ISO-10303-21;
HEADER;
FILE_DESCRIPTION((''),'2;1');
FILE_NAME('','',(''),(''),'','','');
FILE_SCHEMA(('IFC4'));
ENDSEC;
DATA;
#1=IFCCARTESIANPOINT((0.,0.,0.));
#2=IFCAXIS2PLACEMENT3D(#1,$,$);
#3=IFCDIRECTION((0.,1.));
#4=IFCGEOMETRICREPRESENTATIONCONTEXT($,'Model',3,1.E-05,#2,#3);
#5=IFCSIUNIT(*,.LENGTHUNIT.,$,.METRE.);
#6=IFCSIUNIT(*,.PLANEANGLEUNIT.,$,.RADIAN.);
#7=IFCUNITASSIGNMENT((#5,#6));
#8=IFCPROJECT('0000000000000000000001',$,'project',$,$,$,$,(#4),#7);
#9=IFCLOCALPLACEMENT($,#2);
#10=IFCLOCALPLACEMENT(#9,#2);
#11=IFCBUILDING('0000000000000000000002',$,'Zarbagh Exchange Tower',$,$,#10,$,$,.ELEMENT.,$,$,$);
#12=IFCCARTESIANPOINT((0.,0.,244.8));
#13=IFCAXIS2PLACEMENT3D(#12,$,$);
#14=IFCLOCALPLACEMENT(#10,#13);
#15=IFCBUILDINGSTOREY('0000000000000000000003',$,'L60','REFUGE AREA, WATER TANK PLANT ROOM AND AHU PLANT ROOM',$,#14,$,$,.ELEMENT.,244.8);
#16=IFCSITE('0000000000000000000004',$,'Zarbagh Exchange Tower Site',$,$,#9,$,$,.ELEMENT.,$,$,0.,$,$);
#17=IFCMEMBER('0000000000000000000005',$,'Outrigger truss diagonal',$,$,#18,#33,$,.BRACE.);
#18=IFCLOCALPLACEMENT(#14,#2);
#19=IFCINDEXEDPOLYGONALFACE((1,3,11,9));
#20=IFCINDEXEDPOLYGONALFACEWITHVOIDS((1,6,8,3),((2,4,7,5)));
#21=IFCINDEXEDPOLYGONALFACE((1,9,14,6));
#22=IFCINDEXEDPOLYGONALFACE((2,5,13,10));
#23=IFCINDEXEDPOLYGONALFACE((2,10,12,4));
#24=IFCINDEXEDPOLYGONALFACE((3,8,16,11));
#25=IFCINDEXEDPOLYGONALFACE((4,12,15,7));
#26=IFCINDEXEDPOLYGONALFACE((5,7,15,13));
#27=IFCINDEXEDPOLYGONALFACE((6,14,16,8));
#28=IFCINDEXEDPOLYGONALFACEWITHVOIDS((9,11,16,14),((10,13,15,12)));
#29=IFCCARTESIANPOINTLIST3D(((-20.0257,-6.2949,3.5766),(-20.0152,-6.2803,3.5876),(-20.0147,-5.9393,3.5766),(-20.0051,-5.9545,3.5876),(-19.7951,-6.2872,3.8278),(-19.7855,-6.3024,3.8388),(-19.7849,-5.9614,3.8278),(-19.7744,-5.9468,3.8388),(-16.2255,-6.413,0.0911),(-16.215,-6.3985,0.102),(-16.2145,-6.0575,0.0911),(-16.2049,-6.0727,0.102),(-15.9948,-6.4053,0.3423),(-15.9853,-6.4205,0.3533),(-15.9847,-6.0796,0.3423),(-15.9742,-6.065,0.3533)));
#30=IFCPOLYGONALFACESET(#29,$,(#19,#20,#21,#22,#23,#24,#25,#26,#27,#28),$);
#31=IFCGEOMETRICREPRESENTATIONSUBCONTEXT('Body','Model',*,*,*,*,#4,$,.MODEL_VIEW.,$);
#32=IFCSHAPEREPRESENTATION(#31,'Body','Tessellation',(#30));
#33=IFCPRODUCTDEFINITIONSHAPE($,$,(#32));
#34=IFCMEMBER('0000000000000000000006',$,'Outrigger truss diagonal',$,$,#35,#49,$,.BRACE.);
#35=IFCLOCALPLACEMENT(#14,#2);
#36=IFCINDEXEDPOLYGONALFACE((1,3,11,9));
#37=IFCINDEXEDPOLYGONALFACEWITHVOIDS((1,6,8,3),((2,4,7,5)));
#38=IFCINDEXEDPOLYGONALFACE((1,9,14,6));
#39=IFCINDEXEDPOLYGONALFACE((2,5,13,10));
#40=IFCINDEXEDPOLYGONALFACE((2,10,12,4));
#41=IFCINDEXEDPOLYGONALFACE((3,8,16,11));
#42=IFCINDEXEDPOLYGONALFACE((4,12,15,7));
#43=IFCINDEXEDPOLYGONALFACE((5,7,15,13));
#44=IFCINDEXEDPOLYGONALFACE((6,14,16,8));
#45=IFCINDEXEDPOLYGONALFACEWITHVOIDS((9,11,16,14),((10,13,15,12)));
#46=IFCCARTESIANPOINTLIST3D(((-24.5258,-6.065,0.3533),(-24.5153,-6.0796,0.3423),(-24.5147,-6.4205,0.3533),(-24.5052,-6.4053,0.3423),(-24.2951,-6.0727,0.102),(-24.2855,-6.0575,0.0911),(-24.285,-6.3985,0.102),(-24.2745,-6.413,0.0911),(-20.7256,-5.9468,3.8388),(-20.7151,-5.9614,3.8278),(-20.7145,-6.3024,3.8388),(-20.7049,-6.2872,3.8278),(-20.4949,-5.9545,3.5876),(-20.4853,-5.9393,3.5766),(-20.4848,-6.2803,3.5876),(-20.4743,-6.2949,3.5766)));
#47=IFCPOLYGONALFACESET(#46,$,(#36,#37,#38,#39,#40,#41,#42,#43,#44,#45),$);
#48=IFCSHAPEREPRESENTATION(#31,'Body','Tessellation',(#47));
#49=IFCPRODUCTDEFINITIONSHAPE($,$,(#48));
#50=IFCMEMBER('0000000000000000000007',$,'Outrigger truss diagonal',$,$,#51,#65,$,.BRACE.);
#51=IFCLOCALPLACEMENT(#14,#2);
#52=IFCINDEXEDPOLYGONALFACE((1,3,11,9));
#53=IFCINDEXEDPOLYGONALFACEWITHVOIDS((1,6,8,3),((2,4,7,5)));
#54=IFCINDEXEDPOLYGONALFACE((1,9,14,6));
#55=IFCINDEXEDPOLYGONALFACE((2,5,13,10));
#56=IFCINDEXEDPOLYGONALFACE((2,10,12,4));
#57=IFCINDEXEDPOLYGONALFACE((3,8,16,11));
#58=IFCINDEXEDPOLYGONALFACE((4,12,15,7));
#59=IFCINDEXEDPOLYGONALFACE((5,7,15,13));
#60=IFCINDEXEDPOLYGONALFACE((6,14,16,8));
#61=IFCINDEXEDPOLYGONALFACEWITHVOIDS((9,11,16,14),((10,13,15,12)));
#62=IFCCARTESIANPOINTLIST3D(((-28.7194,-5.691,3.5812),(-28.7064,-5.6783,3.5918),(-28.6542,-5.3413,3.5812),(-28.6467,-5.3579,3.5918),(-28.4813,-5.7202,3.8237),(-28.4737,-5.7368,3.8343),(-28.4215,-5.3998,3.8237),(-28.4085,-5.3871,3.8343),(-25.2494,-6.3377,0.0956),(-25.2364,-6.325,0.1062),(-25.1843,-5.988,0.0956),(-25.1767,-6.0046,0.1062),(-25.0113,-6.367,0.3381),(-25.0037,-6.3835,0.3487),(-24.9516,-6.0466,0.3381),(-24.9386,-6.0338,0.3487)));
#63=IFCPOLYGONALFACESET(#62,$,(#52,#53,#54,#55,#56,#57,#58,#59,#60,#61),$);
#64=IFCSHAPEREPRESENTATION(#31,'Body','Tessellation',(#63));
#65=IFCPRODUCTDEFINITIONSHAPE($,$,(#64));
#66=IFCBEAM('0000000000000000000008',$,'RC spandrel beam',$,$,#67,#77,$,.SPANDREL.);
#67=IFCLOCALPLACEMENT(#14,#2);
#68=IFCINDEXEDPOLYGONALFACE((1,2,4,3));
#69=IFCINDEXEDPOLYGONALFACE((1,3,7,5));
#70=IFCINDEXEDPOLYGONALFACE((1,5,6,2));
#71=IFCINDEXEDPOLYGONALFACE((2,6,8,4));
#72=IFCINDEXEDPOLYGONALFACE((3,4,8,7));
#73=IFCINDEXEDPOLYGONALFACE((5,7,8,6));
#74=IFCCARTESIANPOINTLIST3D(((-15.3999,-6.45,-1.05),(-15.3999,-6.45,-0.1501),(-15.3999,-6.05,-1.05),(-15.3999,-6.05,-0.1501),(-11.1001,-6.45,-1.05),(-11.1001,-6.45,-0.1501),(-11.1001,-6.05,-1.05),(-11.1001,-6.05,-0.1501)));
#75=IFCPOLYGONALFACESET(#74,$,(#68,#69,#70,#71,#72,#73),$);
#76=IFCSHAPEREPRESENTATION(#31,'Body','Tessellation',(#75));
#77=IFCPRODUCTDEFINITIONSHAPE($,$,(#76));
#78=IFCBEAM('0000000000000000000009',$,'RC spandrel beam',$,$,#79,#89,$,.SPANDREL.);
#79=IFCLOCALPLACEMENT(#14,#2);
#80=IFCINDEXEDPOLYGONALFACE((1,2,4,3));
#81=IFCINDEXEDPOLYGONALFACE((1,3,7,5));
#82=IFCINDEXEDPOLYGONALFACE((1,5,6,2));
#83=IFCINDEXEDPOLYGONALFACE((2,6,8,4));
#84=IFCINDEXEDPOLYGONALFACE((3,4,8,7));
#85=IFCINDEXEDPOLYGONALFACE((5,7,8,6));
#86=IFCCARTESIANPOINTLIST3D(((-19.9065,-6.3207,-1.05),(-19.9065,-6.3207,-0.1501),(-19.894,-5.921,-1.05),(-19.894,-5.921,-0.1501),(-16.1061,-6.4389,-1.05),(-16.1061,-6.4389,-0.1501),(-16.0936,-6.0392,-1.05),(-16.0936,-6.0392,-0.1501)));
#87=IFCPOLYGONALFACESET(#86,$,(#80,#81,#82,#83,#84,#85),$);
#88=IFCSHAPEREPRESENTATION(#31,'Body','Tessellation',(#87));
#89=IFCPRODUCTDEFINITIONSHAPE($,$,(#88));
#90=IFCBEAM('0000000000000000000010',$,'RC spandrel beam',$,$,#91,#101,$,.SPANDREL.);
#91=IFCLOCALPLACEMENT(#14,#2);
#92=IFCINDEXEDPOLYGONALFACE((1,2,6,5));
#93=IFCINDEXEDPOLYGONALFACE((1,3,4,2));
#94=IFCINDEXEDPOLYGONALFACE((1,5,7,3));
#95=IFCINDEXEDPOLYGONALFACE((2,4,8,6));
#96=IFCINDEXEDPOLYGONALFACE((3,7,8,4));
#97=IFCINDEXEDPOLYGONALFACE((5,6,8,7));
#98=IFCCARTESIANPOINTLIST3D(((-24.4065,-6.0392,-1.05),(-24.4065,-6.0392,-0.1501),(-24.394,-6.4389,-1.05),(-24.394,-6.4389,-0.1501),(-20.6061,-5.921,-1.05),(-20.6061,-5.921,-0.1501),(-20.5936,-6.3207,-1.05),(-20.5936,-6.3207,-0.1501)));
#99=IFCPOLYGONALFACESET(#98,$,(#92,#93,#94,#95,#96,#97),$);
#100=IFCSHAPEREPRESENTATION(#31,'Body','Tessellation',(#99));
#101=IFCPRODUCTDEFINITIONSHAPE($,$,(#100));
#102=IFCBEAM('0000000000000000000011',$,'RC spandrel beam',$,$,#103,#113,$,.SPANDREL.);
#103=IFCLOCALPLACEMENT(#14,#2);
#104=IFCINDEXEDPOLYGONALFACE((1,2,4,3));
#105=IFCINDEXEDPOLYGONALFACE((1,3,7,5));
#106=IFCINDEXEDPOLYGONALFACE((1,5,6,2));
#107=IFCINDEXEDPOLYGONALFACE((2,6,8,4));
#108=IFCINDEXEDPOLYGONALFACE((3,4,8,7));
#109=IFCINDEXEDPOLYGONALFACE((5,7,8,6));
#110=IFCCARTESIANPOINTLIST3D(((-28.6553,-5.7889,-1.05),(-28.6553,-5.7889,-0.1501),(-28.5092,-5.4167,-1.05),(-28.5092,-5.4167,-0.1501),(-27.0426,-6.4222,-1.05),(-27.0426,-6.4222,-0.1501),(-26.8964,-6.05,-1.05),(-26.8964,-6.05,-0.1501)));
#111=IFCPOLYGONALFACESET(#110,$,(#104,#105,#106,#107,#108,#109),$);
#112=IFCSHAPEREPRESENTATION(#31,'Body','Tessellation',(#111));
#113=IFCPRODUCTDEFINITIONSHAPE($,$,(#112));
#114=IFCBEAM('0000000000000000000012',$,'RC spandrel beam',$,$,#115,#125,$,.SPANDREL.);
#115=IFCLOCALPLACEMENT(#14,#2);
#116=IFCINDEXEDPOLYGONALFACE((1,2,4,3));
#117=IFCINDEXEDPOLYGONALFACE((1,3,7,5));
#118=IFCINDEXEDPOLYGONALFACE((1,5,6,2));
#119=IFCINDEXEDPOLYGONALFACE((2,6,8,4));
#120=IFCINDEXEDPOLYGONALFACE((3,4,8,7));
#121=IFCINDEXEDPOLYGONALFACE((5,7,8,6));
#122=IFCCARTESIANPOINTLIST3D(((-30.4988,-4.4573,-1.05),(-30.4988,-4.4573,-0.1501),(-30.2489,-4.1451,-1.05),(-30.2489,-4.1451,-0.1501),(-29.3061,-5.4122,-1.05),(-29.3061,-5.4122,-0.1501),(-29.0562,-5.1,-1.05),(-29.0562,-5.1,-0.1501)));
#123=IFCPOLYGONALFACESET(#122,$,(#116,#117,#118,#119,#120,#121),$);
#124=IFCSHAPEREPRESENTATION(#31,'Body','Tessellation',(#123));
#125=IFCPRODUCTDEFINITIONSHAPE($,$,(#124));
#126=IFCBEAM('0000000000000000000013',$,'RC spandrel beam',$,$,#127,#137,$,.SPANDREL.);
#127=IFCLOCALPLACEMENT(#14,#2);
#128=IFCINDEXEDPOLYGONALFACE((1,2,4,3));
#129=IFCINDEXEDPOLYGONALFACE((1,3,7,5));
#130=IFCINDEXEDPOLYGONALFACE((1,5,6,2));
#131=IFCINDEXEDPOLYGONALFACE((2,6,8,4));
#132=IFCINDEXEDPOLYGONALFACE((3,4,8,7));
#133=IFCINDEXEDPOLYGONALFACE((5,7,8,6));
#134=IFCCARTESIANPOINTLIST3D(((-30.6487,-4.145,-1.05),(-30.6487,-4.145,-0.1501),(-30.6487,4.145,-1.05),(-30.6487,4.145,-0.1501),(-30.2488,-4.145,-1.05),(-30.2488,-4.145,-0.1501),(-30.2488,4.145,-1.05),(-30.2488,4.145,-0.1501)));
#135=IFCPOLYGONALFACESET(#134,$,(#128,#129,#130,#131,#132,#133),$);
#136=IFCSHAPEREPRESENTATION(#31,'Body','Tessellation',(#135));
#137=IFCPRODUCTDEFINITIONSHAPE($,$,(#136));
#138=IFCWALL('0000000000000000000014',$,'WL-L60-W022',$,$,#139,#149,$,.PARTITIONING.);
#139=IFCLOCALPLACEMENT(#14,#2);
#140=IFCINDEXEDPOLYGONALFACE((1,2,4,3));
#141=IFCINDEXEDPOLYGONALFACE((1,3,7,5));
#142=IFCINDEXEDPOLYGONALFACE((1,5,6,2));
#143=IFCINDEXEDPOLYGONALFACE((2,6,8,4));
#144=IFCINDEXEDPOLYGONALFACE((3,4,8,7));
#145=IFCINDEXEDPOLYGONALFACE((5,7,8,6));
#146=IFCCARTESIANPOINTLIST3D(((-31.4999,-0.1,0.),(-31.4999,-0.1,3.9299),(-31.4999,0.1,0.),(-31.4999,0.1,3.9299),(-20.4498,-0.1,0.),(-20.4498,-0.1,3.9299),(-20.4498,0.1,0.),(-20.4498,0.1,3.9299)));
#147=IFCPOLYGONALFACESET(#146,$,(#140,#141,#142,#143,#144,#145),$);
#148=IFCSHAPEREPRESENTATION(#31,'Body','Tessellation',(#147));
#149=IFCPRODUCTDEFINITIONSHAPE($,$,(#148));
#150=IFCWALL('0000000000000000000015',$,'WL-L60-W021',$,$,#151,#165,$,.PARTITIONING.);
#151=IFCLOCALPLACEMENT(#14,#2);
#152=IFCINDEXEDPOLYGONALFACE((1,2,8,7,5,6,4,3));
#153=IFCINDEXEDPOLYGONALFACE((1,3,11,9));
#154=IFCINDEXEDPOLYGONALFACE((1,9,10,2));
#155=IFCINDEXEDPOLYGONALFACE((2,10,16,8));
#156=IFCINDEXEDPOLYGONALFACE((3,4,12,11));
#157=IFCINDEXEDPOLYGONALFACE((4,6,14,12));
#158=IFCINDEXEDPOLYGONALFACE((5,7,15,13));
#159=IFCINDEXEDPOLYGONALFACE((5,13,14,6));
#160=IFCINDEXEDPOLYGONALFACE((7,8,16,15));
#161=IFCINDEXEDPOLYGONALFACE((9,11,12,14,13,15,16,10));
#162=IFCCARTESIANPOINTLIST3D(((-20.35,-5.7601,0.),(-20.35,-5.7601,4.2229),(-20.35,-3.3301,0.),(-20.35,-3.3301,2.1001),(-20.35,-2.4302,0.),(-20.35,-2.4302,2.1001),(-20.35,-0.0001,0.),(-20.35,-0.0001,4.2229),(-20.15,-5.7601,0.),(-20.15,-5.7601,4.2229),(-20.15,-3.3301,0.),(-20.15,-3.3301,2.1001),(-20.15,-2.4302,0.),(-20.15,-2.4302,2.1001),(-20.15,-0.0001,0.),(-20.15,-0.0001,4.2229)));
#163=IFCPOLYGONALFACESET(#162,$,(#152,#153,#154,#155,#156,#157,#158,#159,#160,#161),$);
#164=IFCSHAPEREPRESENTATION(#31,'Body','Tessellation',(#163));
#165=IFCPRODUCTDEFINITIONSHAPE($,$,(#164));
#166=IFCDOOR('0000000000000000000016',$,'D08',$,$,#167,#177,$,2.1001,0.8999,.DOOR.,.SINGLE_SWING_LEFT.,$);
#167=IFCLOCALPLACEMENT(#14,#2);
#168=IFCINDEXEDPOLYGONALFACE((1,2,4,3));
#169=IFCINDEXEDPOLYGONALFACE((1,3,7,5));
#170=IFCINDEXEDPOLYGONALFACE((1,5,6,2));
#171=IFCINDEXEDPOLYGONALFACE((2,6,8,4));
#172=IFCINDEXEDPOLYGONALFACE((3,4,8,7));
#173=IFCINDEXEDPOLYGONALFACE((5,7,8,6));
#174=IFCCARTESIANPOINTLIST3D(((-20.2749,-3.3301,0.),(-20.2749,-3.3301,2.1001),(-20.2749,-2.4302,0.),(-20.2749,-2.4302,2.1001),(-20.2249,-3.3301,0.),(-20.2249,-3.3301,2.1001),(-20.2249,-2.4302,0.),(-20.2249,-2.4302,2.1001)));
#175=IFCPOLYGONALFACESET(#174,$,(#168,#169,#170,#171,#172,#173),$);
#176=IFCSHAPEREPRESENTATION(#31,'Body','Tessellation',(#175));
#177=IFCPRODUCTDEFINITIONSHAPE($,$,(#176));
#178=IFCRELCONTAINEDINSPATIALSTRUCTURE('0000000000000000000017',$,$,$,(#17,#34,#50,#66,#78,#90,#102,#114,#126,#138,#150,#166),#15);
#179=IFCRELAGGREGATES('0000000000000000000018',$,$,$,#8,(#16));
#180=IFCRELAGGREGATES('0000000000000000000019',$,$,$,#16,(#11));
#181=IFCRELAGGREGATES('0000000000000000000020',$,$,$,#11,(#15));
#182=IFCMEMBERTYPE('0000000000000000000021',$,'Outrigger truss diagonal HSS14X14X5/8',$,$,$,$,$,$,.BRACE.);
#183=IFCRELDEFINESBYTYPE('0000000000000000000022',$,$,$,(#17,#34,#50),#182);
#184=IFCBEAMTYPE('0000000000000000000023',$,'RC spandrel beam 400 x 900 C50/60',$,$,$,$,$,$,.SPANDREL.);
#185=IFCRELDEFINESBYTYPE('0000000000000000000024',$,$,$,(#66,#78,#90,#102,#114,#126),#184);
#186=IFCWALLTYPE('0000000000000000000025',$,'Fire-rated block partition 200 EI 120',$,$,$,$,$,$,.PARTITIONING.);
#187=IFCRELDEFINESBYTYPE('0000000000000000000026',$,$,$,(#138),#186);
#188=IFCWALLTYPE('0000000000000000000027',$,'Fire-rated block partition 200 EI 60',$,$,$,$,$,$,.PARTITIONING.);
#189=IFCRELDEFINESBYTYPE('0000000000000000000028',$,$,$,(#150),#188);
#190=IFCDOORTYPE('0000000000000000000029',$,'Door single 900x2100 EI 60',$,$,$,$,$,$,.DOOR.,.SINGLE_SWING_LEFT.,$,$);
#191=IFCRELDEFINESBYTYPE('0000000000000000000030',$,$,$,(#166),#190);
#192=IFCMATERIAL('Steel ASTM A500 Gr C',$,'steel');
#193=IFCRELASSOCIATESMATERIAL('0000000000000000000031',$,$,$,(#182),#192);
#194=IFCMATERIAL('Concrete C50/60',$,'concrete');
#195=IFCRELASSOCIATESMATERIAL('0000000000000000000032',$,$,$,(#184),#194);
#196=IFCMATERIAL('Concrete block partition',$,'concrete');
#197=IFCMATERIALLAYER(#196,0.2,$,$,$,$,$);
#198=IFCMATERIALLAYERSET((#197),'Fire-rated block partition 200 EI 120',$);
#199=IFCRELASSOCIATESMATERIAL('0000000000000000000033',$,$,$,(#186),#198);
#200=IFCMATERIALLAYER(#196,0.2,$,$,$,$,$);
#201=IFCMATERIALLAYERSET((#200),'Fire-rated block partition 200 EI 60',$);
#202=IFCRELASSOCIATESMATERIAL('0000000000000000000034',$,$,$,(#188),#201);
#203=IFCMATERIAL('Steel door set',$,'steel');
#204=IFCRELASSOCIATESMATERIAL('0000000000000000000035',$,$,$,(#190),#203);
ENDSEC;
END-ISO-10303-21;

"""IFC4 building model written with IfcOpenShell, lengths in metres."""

from ifc_helpers import new_model, si_unit, direction, frame, frame_2d, origin, origin_2d, place, context, subcontext, project, spatial, rectangle, hollow_rectangle, extrude, material, layer, layer_set, material_profile, profile_set, type_object, element, fill, save


model = new_model("IFC4")

# Units and contexts
model_context = context("Model", 3, precision=1e-05, world=origin(), true_north=direction((0.0, 1.0)))
body_context = subcontext(model_context, "Body", "Model", "MODEL_VIEW")
ifc_project = project(units=[si_unit("LENGTHUNIT", "METRE"), si_unit("PLANEANGLEUNIT", "RADIAN")], contexts=[model_context])

# Site, building, storey
site_placement = place(None, origin())
site = spatial("IfcSite", under=ifc_project, at=site_placement, Name="Zarbagh Exchange Tower Site", CompositionType="ELEMENT", RefElevation=0.0)
building_placement = place(site_placement, origin())
building = spatial("IfcBuilding", under=site, at=building_placement, Name="Zarbagh Exchange Tower", CompositionType="ELEMENT")
storey_placement = place(building_placement, frame((0.0, 0.0, 244.8)))
storey = spatial("IfcBuildingStorey", under=building, at=storey_placement, Name="L60", Description="REFUGE AREA, WATER TANK PLANT ROOM AND AHU PLANT ROOM", CompositionType="ELEMENT", Elevation=244.8)

# Shared definitions
ifc_material_1 = material(Name="Concrete C50/60", Category="concrete")

# Members
ifc_material_2 = material(Name="Steel ASTM A500 Gr C", Category="steel")
ifc_material_profile_1 = material_profile(ifc_material_2, hollow_rectangle(XDim=0.3557, YDim=0.3557, WallThickness=0.0149, at=origin_2d()), Name="HSS14X14X5/8")
ifc_profile_set_1 = profile_set([ifc_material_profile_1], Name="Steel ASTM A500 Gr C")
member_type_1 = type_object("IfcMemberType", Name="Outrigger truss diagonal HSS14X14X5/8", PredefinedType="BRACE", material=ifc_profile_set_1)
for number, where, z_axis, x_axis, name in (
    (1, (-16.0999, -6.239, 0.2222), (-0.736768, 0.022909, 0.675757), (-0.031078, -0.999517, 0.0), "Outrigger truss diagonal"),
    (2, (-24.4001, -6.239, 0.2222), (0.736768, 0.022909, 0.675757), (-0.031078, 0.999517, 0.0), "Outrigger truss diagonal"),
):
    element("IfcMember", number, at=place(storey_placement, frame(where, z_axis=z_axis, x_axis=x_axis)), inside=storey, type_object=member_type_1, Name=name, PredefinedType="BRACE", context=body_context, shape_type="SweptSolid", body=[
        extrude(hollow_rectangle(XDim=0.3557, YDim=0.3557, WallThickness=0.0149, at=origin_2d()), origin(), (0.0, 0.0, 1.0), 5.158),
    ])
member_placement = place(storey_placement, frame((-25.094, -6.1858, 0.2222), z_axis=(-0.699495, 0.130371, 0.702645), x_axis=(-0.183224, -0.983071, 0.0)))
element("IfcMember", 3, at=member_placement, inside=storey, type_object=member_type_1, Name="Outrigger truss diagonal", PredefinedType="BRACE", context=body_context, shape_type="SweptSolid", body=[
    extrude(hollow_rectangle(XDim=0.3557, YDim=0.3557, WallThickness=0.0149, at=origin_2d()), origin(), (0.0, 0.0, 1.0), 4.9607),
])

# Beams
ifc_material_profile_2 = material_profile(ifc_material_1, rectangle(XDim=0.3999, YDim=0.8999, at=origin_2d()), Name="RC spandrel beam 400 x 900 C50/60")
ifc_profile_set_2 = profile_set([ifc_material_profile_2], Name="Concrete C50/60")
beam_type_1 = type_object("IfcBeamType", Name="RC spandrel beam 400 x 900 C50/60", PredefinedType="SPANDREL", material=ifc_profile_set_2)
beam_1_placement = place(storey_placement, frame((-11.1001, -6.25, -0.6001), z_axis=(-1.0, 0.0, 0.0), x_axis=(0.0, -1.0, 0.0)))
element("IfcBeam", 4, at=beam_1_placement, inside=storey, type_object=beam_type_1, Name="RC spandrel beam", PredefinedType="SPANDREL", context=body_context, shape_type="SweptSolid", body=[
    extrude(rectangle(XDim=0.3999, YDim=0.8999, at=origin_2d()), origin(), (0.0, 0.0, 1.0), 4.2998),
])
for number, where, z_axis, x_axis, name in (
    (5, (-16.0999, -6.239, -0.6001), (-0.999517, 0.031078, 0.0), (-0.031078, -0.999517, 0.0), "RC spandrel beam"),
    (6, (-20.5999, -6.1208, -0.6001), (-0.999517, -0.031078, 0.0), (0.031078, -0.999517, 0.0), "RC spandrel beam"),
):
    element("IfcBeam", number, at=place(storey_placement, frame(where, z_axis=z_axis, x_axis=x_axis)), inside=storey, type_object=beam_type_1, Name=name, PredefinedType="SPANDREL", context=body_context, shape_type="SweptSolid", body=[
        extrude(rectangle(XDim=0.3999, YDim=0.8999, at=origin_2d()), origin(), (0.0, 0.0, 1.0), 3.8022),
    ])
beam_2_placement = place(storey_placement, frame((-26.9695, -6.2361, -0.6001), z_axis=(-0.93081, 0.365504, 0.0), x_axis=(-0.365504, -0.93081, 0.0)))
element("IfcBeam", 7, at=beam_2_placement, inside=storey, type_object=beam_type_1, Name="RC spandrel beam", PredefinedType="SPANDREL", context=body_context, shape_type="SweptSolid", body=[
    extrude(rectangle(XDim=0.3999, YDim=0.8999, at=origin_2d()), origin(), (0.0, 0.0, 1.0), 1.7327),
])
beam_3_placement = place(storey_placement, frame((-29.1812, -5.2561, -0.6001), z_axis=(-0.780635, 0.624987, 0.0), x_axis=(-0.624987, -0.780635, 0.0)))
element("IfcBeam", 8, at=beam_3_placement, inside=storey, type_object=beam_type_1, Name="RC spandrel beam", PredefinedType="SPANDREL", context=body_context, shape_type="SweptSolid", body=[
    extrude(rectangle(XDim=0.3999, YDim=0.8999, at=origin_2d()), origin(), (0.0, 0.0, 1.0), 1.5278),
])
beam_4_placement = place(storey_placement, frame((-30.4487, -4.145, -0.6001), z_axis=(0.0, 1.0, 0.0), x_axis=(-1.0, 0.0, 0.0)))
element("IfcBeam", 9, at=beam_4_placement, inside=storey, type_object=beam_type_1, Name="RC spandrel beam", PredefinedType="SPANDREL", context=body_context, shape_type="SweptSolid", body=[
    extrude(rectangle(XDim=0.3999, YDim=0.8999, at=origin_2d()), origin(), (0.0, 0.0, 1.0), 8.29),
])

# Wall
ifc_material_3 = material(Name="Concrete block partition", Category="concrete")
ifc_layer_1 = layer(ifc_material_3, 0.2)
ifc_layer_set_1 = layer_set([ifc_layer_1], Name="Fire-rated block partition 200 EI 120")
wall_type_1 = type_object("IfcWallType", Name="Fire-rated block partition 200 EI 120", PredefinedType="PARTITIONING", material=ifc_layer_set_1)
wall_1_placement = place(storey_placement, frame((-20.45, 0.0, 0.0), z_axis=(0.0, 0.0, 1.0), x_axis=(-1.0, 0.0, 0.0)))
element("IfcWall", 10, at=wall_1_placement, inside=storey, type_object=wall_type_1, Name="WL-L60-W022", PredefinedType="PARTITIONING", context=body_context, shape_type="SweptSolid", body=[
    extrude(rectangle(XDim=11.05, YDim=0.2, at=frame_2d((5.5249, 0.0))), origin(), (0.0, 0.0, 1.0), 3.9299),
])

# Wall, opening, door
ifc_layer_2 = layer(ifc_material_3, 0.2)
ifc_layer_set_2 = layer_set([ifc_layer_2], Name="Fire-rated block partition 200 EI 60")
wall_type_2 = type_object("IfcWallType", Name="Fire-rated block partition 200 EI 60", PredefinedType="PARTITIONING", material=ifc_layer_set_2)
wall_2_placement = place(storey_placement, frame((-20.25, -5.76, 0.0), z_axis=(0.0, 0.0, 1.0), x_axis=(0.0, 1.0, 0.0)))
wall_2 = element("IfcWall", 11, at=wall_2_placement, inside=storey, type_object=wall_type_2, Name="WL-L60-W021", PredefinedType="PARTITIONING", context=body_context, shape_type="SweptSolid", body=[
    extrude(rectangle(XDim=5.76, YDim=0.2, at=frame_2d((2.8799, 0.0))), origin(), (0.0, 0.0, 1.0), 4.2229),
])
opening_placement = place(wall_2_placement, frame((2.4299, 0.0, 0.0)))
opening = element("IfcOpeningElement", 12, at=opening_placement, cuts=wall_2, PredefinedType="OPENING", context=body_context, shape_type="SweptSolid", body=[
    extrude(rectangle(XDim=0.8999, YDim=2.1001, at=frame_2d((0.45, 1.05))), frame((0.0, 0.1099, 0.0), z_axis=(0.0, -1.0, 0.0), x_axis=(1.0, 0.0, 0.0)), (0.0, 0.0, 1.0), 0.22),
])
ifc_material_4 = material(Name="Steel door set", Category="steel")
door_type = type_object("IfcDoorType", Name="Door single 900x2100 EI 60", OperationType="SINGLE_SWING_LEFT", PredefinedType="DOOR", material=ifc_material_4)
door_placement = place(opening_placement, origin())
door = element("IfcDoor", 13, at=door_placement, inside=storey, type_object=door_type, Name="D08", OperationType="SINGLE_SWING_LEFT", OverallHeight=2.1001, OverallWidth=0.8999, PredefinedType="DOOR", context=body_context, shape_type="SweptSolid", body=[
    extrude(rectangle(XDim=0.8999, YDim=2.1001, at=frame_2d((0.45, 1.05))), frame((0.0, 0.0249, 0.0), z_axis=(0.0, -1.0, 0.0), x_axis=(1.0, 0.0, 0.0)), (0.0, 0.0, 1.0), 0.05),
])
fill(opening, door)

save(model, "model.ifc")
